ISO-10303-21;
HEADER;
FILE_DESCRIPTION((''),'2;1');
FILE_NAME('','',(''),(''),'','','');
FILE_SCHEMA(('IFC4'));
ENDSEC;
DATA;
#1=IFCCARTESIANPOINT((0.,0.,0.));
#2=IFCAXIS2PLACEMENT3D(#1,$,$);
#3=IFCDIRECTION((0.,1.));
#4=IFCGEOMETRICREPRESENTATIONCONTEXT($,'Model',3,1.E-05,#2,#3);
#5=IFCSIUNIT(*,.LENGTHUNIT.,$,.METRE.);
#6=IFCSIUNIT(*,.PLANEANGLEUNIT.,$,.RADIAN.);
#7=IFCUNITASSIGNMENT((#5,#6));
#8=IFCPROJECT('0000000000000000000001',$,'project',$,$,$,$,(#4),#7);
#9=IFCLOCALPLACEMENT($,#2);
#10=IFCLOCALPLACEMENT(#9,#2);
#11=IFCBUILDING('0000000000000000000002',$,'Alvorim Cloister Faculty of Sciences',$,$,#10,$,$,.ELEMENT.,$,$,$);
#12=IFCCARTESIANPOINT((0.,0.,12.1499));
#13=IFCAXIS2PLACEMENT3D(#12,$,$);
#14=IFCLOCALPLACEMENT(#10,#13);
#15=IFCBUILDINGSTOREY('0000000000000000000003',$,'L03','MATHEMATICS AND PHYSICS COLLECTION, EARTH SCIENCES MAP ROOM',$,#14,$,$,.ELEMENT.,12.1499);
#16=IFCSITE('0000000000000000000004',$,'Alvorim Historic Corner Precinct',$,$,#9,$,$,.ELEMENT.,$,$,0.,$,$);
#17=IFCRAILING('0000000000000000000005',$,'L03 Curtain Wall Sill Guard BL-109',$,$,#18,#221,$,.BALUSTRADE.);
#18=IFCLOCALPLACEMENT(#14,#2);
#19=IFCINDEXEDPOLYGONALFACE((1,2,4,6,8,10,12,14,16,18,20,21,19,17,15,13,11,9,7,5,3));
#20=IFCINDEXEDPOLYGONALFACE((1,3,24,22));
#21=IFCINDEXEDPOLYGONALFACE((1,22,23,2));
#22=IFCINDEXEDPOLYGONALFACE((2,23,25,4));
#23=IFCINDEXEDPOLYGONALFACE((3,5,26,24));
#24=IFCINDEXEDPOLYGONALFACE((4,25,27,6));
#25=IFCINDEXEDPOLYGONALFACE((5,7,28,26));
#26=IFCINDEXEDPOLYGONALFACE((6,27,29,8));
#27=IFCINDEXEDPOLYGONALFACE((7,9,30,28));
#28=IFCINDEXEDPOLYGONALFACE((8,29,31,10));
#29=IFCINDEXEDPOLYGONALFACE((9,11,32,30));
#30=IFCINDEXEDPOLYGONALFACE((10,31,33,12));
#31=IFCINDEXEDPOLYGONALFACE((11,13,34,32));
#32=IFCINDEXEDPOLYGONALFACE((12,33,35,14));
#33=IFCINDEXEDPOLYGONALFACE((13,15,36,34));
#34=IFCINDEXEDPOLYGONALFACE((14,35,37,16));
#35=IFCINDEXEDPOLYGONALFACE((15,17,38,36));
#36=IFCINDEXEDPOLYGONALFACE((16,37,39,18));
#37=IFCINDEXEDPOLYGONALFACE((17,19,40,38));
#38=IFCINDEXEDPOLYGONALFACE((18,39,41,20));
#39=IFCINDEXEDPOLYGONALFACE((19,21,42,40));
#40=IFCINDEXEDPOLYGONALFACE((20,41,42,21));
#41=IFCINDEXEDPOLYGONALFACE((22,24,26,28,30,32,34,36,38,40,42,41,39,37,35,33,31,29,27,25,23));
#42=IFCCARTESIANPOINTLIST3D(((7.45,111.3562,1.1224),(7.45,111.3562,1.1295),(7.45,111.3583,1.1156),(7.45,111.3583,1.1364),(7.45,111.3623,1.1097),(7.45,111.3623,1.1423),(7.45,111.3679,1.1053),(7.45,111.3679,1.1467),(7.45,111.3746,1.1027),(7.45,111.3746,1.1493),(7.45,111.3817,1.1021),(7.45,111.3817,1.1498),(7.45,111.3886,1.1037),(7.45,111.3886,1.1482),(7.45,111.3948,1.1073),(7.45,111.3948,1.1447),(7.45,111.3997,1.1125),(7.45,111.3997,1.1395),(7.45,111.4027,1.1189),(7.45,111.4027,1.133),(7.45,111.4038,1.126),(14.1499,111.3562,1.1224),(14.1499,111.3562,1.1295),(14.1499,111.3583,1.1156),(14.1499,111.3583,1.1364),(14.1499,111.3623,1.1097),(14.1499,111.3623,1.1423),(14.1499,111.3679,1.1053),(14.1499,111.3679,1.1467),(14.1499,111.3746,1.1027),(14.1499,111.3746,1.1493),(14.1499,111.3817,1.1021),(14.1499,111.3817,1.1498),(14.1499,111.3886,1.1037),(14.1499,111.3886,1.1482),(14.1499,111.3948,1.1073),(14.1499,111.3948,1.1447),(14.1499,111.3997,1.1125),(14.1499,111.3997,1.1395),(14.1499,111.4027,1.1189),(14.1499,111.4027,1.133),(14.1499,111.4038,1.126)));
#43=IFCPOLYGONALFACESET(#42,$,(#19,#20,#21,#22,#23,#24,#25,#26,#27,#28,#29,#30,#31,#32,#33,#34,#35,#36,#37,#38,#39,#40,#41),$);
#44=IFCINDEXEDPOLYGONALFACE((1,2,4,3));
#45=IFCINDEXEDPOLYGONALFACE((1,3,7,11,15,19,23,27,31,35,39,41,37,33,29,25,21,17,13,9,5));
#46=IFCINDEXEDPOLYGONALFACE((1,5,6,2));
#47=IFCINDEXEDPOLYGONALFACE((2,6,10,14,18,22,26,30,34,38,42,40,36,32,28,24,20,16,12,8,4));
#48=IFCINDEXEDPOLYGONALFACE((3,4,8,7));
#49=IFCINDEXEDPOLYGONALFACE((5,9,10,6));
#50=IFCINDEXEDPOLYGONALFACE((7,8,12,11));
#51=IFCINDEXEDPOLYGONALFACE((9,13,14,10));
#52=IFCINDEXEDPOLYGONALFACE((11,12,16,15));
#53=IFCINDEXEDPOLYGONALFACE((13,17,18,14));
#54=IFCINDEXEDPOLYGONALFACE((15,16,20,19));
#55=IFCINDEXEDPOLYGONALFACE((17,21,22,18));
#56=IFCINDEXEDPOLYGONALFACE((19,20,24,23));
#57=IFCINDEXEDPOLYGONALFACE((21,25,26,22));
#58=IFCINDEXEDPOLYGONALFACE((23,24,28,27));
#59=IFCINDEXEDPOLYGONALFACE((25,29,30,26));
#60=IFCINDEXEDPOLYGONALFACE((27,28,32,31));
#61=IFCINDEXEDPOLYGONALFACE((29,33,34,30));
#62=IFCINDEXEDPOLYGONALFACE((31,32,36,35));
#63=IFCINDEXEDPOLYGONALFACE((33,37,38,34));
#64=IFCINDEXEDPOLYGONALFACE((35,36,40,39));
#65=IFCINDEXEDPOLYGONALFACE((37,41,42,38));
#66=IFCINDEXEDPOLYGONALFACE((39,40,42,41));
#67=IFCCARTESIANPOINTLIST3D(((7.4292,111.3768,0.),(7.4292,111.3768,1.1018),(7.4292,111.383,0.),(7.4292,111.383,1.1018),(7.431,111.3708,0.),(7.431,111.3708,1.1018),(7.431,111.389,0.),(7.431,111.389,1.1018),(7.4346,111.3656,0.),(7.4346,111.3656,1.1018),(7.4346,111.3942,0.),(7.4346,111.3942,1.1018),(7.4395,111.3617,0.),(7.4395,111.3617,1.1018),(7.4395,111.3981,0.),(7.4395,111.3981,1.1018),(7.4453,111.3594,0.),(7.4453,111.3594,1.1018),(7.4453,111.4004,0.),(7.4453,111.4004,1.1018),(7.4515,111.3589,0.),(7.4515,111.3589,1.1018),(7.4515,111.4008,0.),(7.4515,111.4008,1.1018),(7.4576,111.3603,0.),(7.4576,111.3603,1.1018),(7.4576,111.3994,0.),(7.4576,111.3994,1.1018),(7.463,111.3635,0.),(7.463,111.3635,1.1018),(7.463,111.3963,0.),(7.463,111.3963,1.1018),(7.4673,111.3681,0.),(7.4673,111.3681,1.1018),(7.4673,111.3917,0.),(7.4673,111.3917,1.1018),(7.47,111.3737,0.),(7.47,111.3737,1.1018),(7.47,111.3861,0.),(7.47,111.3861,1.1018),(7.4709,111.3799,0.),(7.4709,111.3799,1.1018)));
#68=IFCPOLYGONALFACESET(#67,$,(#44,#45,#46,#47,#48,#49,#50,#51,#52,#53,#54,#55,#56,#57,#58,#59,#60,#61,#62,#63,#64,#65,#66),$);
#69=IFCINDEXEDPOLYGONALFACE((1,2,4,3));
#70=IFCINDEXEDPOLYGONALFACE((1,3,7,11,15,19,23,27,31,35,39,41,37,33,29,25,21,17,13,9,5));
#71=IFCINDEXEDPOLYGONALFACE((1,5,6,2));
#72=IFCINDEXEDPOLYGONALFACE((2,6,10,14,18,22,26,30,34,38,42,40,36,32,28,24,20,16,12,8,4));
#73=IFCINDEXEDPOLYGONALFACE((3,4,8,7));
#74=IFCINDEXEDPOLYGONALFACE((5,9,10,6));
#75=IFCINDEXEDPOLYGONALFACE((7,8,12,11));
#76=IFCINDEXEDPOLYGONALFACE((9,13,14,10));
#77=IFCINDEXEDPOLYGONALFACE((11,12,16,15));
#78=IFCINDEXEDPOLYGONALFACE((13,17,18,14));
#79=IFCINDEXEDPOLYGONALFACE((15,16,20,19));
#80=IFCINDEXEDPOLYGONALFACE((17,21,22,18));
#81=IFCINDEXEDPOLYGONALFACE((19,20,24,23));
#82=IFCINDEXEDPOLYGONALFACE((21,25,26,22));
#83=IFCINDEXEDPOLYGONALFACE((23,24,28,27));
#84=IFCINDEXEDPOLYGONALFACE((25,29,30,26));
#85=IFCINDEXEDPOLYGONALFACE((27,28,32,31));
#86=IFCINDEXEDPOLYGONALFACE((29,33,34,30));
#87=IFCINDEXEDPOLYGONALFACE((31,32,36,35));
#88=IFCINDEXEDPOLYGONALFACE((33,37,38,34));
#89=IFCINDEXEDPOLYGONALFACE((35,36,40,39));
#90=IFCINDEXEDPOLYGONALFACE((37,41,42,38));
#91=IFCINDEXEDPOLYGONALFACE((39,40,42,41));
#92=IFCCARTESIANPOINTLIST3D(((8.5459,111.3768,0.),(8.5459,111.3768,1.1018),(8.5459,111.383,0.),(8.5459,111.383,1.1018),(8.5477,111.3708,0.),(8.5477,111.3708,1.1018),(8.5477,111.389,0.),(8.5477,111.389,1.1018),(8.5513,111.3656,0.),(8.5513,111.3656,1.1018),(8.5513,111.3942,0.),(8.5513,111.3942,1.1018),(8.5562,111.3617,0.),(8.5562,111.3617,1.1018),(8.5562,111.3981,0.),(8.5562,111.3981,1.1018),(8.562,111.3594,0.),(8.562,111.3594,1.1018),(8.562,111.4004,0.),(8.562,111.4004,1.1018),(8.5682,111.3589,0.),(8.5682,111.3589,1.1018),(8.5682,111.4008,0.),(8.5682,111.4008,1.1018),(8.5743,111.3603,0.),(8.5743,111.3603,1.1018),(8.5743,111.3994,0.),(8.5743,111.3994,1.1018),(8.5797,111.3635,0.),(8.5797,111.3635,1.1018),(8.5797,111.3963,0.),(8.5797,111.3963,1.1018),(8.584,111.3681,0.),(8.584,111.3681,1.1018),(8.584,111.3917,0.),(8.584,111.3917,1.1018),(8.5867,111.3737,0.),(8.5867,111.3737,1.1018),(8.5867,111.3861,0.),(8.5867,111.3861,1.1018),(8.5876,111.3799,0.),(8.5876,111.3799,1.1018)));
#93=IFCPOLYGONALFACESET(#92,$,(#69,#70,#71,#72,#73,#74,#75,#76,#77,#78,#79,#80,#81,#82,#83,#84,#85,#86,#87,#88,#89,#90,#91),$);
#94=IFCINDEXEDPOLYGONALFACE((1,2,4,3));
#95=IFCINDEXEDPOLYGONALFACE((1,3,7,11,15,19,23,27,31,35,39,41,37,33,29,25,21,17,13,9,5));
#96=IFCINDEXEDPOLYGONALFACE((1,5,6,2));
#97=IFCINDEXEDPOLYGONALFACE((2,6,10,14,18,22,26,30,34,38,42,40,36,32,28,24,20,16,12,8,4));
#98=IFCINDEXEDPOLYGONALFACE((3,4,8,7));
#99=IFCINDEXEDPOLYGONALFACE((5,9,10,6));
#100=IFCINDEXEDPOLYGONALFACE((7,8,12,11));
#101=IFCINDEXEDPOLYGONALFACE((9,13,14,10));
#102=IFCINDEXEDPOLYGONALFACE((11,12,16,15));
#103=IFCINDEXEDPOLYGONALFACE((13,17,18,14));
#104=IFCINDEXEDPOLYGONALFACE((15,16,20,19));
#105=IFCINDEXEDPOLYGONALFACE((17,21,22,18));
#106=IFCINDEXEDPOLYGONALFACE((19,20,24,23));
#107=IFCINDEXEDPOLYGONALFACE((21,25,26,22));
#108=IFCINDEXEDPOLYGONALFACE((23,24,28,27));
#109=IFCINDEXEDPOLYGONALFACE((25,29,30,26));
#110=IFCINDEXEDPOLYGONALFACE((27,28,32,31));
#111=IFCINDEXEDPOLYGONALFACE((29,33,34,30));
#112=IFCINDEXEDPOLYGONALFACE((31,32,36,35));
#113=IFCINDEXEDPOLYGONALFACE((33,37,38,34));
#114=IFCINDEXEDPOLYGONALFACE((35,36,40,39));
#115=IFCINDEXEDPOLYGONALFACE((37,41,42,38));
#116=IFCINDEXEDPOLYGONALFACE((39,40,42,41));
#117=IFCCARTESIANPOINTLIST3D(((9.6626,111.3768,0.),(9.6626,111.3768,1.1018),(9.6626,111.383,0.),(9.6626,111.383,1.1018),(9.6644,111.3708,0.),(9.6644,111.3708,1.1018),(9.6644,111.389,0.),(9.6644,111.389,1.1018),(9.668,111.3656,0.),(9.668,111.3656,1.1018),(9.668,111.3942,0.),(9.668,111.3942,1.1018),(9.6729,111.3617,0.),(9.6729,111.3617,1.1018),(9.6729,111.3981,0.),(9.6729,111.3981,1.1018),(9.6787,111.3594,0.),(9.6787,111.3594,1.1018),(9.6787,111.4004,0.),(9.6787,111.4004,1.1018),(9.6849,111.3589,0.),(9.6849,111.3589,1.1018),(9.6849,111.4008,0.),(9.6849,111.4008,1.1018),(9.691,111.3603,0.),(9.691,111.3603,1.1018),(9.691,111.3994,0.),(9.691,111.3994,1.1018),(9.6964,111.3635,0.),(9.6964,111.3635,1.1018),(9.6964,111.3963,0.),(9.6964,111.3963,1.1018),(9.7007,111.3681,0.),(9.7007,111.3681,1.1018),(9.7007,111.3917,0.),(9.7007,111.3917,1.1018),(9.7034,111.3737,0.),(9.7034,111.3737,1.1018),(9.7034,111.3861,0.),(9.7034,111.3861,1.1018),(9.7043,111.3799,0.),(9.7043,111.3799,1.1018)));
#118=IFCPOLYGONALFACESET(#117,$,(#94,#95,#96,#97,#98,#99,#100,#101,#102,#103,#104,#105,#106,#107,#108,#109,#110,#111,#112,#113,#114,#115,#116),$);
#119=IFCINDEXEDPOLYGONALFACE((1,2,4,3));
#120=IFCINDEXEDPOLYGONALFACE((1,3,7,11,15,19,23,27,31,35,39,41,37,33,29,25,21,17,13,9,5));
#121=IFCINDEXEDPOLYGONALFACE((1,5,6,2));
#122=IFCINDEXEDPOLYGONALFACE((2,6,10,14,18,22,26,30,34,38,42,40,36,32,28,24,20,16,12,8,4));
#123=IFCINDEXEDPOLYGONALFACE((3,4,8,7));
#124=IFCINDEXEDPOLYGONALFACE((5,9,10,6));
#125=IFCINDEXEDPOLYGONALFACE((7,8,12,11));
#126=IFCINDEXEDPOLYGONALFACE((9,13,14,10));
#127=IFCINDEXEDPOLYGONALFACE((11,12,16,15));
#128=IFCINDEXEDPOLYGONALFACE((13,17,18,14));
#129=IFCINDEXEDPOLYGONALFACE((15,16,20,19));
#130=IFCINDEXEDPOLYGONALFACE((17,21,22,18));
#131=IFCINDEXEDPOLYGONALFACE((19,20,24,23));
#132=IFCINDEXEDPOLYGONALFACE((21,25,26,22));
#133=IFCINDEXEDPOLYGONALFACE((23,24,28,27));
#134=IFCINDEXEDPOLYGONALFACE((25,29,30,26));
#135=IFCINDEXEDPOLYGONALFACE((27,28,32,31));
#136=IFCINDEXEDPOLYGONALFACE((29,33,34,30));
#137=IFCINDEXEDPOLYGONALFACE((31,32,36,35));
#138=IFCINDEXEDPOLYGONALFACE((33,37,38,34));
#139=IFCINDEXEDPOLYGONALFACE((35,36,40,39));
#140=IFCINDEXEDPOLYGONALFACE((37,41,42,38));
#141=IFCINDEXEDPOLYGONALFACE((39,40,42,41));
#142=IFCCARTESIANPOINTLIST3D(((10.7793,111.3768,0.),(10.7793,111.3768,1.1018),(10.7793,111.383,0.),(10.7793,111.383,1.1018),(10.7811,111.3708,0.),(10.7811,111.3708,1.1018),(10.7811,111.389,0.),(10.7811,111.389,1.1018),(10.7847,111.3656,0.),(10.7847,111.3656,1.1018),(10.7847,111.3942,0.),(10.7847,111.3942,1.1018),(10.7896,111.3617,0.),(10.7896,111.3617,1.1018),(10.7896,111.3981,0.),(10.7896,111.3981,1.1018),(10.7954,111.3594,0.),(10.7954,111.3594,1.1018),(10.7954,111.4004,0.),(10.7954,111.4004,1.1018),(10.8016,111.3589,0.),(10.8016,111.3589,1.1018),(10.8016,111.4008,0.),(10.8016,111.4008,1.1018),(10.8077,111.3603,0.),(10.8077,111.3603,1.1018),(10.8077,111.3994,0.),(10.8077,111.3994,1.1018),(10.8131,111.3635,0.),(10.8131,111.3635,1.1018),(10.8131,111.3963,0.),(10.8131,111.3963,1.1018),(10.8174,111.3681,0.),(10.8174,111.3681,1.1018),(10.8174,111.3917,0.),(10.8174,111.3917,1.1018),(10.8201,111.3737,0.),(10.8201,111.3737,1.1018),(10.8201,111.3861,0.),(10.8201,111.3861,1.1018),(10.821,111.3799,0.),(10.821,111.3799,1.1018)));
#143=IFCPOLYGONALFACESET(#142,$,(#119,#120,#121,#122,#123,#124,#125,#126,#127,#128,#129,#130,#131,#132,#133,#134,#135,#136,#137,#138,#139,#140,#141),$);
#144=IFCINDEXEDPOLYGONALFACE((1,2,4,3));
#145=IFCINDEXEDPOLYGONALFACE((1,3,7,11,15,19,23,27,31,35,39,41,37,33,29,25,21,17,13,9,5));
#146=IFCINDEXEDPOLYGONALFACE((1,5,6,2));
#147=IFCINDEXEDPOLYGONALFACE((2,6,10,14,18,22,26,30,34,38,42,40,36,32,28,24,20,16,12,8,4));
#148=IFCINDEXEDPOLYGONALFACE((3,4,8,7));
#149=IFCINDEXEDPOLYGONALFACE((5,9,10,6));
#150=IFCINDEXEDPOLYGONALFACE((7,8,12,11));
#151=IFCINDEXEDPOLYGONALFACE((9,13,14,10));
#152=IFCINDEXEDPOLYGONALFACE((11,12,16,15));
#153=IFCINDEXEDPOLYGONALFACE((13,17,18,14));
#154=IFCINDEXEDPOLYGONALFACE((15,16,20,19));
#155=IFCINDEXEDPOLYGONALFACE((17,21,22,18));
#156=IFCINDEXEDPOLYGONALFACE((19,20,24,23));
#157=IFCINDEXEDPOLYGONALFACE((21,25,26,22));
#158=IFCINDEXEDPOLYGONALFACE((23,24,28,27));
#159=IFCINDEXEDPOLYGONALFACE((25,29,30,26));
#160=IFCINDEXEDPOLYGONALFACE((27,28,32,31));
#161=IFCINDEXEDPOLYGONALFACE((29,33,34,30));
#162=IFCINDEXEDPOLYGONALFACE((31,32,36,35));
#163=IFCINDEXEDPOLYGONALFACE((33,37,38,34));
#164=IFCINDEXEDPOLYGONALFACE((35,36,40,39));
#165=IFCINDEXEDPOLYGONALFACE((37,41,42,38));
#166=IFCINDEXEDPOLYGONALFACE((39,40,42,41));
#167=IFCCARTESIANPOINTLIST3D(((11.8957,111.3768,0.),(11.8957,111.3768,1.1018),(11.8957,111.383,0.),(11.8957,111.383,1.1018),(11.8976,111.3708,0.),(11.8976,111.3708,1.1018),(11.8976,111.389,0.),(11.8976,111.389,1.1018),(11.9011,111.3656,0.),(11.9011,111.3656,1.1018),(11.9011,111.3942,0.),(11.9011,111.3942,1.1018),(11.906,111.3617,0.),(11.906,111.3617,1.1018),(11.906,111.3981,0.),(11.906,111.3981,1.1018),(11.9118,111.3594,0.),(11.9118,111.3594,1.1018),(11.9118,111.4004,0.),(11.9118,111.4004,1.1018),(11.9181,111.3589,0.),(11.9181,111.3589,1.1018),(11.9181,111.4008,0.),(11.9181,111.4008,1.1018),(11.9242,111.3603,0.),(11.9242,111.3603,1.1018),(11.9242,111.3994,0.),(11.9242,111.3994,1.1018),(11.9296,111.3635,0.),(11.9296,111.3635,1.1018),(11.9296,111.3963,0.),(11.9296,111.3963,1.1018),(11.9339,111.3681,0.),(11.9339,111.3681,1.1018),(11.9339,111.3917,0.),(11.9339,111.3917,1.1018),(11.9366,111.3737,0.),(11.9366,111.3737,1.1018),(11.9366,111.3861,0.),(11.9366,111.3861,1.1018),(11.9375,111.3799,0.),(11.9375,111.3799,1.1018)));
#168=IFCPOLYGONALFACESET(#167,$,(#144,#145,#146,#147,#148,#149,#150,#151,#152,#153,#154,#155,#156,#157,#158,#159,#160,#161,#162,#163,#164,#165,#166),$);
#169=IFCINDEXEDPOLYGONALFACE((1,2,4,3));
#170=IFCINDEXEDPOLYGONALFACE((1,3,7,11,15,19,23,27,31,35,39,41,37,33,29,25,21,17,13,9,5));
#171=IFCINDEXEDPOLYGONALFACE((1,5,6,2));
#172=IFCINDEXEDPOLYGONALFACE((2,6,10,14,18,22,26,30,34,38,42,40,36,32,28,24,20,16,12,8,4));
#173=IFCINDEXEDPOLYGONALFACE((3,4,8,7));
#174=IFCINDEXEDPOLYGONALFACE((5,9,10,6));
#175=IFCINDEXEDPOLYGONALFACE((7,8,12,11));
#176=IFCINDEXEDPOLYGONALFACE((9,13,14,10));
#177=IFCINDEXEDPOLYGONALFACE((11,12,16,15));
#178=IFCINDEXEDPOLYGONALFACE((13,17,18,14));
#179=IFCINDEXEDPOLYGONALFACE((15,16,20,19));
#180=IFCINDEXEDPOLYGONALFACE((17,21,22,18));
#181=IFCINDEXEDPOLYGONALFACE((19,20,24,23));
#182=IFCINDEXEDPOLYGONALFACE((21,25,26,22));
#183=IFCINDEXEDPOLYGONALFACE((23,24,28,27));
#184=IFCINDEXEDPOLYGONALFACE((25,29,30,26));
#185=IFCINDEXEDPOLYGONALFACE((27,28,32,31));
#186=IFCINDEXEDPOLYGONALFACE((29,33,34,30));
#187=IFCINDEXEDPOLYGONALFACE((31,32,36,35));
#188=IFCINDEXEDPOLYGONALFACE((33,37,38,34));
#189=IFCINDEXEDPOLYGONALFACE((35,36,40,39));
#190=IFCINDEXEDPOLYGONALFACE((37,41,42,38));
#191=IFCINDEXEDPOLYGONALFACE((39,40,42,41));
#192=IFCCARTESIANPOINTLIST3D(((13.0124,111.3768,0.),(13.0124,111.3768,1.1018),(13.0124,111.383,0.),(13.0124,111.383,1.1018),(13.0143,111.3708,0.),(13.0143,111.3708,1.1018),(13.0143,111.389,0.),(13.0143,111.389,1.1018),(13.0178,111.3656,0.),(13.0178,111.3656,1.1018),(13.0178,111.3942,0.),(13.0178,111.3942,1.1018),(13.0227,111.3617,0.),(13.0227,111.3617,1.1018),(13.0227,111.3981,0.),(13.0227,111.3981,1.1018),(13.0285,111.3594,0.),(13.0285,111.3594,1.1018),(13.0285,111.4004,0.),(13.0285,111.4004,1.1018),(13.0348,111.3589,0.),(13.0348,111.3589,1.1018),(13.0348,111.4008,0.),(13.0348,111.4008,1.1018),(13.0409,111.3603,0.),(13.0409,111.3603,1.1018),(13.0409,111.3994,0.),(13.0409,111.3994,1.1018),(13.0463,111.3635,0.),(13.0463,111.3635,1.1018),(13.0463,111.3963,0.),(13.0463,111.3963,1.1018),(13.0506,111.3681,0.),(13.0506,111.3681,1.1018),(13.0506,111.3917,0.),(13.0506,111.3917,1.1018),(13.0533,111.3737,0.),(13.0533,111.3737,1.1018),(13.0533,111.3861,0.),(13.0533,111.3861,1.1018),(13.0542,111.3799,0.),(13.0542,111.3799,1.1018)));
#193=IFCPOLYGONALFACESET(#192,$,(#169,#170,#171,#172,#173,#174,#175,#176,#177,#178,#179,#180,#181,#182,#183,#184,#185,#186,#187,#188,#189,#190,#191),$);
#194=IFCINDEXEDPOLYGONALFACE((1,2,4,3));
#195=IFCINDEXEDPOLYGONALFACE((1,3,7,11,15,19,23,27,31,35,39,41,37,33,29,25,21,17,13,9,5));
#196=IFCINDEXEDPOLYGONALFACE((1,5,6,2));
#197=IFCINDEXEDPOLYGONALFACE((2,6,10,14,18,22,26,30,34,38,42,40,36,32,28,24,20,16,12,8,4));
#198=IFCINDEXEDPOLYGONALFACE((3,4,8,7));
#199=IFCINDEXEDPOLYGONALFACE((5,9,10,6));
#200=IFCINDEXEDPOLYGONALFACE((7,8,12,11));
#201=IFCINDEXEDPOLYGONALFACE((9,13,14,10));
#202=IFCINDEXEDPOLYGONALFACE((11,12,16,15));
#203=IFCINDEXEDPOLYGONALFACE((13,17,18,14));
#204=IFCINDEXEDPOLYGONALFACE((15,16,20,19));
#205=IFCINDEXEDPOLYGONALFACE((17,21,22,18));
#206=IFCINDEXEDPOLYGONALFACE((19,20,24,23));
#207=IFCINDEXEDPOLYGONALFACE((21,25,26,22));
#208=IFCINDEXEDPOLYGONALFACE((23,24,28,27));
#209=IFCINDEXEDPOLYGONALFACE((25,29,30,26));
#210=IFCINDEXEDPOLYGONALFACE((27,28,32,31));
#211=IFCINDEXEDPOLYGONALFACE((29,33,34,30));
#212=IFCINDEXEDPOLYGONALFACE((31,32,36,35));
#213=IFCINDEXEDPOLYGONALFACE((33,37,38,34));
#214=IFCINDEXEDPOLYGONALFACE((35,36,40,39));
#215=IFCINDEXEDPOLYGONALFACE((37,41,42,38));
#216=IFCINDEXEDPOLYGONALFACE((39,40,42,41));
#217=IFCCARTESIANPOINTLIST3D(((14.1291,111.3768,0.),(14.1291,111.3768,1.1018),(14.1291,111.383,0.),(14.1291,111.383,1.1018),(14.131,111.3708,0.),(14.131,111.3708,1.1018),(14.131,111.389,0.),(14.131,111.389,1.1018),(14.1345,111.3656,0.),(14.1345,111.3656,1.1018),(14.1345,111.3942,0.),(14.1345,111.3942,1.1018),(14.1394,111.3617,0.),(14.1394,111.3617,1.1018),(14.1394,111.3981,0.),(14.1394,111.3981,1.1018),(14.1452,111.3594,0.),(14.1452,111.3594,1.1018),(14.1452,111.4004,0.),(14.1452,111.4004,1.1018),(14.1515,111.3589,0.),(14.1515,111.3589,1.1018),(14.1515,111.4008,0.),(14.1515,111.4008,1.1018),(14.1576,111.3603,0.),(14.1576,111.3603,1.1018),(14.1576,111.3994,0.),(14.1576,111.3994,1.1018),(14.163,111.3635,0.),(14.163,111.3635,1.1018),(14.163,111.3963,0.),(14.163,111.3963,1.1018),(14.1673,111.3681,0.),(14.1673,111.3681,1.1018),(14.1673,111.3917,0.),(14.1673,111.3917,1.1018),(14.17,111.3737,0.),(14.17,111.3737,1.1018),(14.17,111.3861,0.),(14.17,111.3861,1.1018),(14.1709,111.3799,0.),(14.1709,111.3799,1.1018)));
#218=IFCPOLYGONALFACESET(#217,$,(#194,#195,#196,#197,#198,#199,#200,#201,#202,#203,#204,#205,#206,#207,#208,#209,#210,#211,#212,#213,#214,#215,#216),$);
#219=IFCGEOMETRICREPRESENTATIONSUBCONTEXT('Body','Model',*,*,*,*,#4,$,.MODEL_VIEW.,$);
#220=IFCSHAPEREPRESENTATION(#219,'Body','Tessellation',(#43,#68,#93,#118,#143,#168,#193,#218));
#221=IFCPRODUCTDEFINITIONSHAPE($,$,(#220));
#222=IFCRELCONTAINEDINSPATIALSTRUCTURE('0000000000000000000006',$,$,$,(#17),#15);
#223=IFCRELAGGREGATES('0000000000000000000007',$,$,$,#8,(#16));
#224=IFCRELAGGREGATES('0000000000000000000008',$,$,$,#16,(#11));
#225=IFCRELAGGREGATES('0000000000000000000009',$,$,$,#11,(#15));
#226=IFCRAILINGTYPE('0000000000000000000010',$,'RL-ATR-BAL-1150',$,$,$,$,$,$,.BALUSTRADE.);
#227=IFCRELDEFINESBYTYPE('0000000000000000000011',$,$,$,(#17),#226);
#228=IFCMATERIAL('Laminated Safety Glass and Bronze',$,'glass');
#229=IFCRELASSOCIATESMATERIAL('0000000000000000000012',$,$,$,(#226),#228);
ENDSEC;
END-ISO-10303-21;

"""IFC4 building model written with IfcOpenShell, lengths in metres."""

from ifc_helpers import new_model, si_unit, direction, frame, origin, origin_2d, place, context, subcontext, project, spatial, circle, extrude, material, type_object, element, save


model = new_model("IFC4")

# Units and contexts
model_context = context("Model", 3, precision=1e-05, world=origin(), true_north=direction((0.0, 1.0)))
body_context = subcontext(model_context, "Body", "Model", "MODEL_VIEW")
ifc_project = project(units=[si_unit("LENGTHUNIT", "METRE"), si_unit("PLANEANGLEUNIT", "RADIAN")], contexts=[model_context])

# Site, building, storey
site_placement = place(None, origin())
site = spatial("IfcSite", under=ifc_project, at=site_placement, Name="Alvorim Historic Corner Precinct", CompositionType="ELEMENT", RefElevation=0.0)
building_placement = place(site_placement, origin())
building = spatial("IfcBuilding", under=site, at=building_placement, Name="Alvorim Cloister Faculty of Sciences", CompositionType="ELEMENT")
storey_placement = place(building_placement, frame((0.0, 0.0, 12.1499)))
storey = spatial("IfcBuildingStorey", under=building, at=storey_placement, Name="L03", Description="MATHEMATICS AND PHYSICS COLLECTION, EARTH SCIENCES MAP ROOM", CompositionType="ELEMENT", Elevation=12.1499)

# Railing
ifc_material_1 = material(Name="Laminated Safety Glass and Bronze", Category="glass")
railing_type = type_object("IfcRailingType", Name="RL-ATR-BAL-1150", PredefinedType="BALUSTRADE", material=ifc_material_1)
railing_placement = place(storey_placement, frame((7.45, 111.3799, 0.0)))
element("IfcRailing", 1, at=railing_placement, inside=storey, type_object=railing_type, Name="L03 Curtain Wall Sill Guard BL-109", PredefinedType="BALUSTRADE", context=body_context, shape_type="SweptSolid", body=[
    extrude(circle(Radius=0.0239, at=origin_2d()), frame((0.0, 0.0, 1.126), z_axis=(1.0, 0.0, 0.0), x_axis=(0.0, 1.0, 0.0)), (0.0, 0.0, 1.0), 6.7),
    extrude(circle(Radius=0.021, at=origin_2d()), origin(), (0.0, 0.0, 1.0), 1.1018),
    extrude(circle(Radius=0.021, at=origin_2d()), frame((1.1167, 0.0, 0.0)), (0.0, 0.0, 1.0), 1.1018),
    extrude(circle(Radius=0.021, at=origin_2d()), frame((2.2334, 0.0, 0.0)), (0.0, 0.0, 1.0), 1.1018),
    extrude(circle(Radius=0.021, at=origin_2d()), frame((3.3501, 0.0, 0.0)), (0.0, 0.0, 1.0), 1.1018),
    extrude(circle(Radius=0.021, at=origin_2d()), frame((4.4666, 0.0, 0.0)), (0.0, 0.0, 1.0), 1.1018),
    extrude(circle(Radius=0.021, at=origin_2d()), frame((5.5833, 0.0, 0.0)), (0.0, 0.0, 1.0), 1.1018),
    extrude(circle(Radius=0.021, at=origin_2d()), frame((6.7, 0.0, 0.0)), (0.0, 0.0, 1.0), 1.1018),
])

save(model, "model.ifc")
